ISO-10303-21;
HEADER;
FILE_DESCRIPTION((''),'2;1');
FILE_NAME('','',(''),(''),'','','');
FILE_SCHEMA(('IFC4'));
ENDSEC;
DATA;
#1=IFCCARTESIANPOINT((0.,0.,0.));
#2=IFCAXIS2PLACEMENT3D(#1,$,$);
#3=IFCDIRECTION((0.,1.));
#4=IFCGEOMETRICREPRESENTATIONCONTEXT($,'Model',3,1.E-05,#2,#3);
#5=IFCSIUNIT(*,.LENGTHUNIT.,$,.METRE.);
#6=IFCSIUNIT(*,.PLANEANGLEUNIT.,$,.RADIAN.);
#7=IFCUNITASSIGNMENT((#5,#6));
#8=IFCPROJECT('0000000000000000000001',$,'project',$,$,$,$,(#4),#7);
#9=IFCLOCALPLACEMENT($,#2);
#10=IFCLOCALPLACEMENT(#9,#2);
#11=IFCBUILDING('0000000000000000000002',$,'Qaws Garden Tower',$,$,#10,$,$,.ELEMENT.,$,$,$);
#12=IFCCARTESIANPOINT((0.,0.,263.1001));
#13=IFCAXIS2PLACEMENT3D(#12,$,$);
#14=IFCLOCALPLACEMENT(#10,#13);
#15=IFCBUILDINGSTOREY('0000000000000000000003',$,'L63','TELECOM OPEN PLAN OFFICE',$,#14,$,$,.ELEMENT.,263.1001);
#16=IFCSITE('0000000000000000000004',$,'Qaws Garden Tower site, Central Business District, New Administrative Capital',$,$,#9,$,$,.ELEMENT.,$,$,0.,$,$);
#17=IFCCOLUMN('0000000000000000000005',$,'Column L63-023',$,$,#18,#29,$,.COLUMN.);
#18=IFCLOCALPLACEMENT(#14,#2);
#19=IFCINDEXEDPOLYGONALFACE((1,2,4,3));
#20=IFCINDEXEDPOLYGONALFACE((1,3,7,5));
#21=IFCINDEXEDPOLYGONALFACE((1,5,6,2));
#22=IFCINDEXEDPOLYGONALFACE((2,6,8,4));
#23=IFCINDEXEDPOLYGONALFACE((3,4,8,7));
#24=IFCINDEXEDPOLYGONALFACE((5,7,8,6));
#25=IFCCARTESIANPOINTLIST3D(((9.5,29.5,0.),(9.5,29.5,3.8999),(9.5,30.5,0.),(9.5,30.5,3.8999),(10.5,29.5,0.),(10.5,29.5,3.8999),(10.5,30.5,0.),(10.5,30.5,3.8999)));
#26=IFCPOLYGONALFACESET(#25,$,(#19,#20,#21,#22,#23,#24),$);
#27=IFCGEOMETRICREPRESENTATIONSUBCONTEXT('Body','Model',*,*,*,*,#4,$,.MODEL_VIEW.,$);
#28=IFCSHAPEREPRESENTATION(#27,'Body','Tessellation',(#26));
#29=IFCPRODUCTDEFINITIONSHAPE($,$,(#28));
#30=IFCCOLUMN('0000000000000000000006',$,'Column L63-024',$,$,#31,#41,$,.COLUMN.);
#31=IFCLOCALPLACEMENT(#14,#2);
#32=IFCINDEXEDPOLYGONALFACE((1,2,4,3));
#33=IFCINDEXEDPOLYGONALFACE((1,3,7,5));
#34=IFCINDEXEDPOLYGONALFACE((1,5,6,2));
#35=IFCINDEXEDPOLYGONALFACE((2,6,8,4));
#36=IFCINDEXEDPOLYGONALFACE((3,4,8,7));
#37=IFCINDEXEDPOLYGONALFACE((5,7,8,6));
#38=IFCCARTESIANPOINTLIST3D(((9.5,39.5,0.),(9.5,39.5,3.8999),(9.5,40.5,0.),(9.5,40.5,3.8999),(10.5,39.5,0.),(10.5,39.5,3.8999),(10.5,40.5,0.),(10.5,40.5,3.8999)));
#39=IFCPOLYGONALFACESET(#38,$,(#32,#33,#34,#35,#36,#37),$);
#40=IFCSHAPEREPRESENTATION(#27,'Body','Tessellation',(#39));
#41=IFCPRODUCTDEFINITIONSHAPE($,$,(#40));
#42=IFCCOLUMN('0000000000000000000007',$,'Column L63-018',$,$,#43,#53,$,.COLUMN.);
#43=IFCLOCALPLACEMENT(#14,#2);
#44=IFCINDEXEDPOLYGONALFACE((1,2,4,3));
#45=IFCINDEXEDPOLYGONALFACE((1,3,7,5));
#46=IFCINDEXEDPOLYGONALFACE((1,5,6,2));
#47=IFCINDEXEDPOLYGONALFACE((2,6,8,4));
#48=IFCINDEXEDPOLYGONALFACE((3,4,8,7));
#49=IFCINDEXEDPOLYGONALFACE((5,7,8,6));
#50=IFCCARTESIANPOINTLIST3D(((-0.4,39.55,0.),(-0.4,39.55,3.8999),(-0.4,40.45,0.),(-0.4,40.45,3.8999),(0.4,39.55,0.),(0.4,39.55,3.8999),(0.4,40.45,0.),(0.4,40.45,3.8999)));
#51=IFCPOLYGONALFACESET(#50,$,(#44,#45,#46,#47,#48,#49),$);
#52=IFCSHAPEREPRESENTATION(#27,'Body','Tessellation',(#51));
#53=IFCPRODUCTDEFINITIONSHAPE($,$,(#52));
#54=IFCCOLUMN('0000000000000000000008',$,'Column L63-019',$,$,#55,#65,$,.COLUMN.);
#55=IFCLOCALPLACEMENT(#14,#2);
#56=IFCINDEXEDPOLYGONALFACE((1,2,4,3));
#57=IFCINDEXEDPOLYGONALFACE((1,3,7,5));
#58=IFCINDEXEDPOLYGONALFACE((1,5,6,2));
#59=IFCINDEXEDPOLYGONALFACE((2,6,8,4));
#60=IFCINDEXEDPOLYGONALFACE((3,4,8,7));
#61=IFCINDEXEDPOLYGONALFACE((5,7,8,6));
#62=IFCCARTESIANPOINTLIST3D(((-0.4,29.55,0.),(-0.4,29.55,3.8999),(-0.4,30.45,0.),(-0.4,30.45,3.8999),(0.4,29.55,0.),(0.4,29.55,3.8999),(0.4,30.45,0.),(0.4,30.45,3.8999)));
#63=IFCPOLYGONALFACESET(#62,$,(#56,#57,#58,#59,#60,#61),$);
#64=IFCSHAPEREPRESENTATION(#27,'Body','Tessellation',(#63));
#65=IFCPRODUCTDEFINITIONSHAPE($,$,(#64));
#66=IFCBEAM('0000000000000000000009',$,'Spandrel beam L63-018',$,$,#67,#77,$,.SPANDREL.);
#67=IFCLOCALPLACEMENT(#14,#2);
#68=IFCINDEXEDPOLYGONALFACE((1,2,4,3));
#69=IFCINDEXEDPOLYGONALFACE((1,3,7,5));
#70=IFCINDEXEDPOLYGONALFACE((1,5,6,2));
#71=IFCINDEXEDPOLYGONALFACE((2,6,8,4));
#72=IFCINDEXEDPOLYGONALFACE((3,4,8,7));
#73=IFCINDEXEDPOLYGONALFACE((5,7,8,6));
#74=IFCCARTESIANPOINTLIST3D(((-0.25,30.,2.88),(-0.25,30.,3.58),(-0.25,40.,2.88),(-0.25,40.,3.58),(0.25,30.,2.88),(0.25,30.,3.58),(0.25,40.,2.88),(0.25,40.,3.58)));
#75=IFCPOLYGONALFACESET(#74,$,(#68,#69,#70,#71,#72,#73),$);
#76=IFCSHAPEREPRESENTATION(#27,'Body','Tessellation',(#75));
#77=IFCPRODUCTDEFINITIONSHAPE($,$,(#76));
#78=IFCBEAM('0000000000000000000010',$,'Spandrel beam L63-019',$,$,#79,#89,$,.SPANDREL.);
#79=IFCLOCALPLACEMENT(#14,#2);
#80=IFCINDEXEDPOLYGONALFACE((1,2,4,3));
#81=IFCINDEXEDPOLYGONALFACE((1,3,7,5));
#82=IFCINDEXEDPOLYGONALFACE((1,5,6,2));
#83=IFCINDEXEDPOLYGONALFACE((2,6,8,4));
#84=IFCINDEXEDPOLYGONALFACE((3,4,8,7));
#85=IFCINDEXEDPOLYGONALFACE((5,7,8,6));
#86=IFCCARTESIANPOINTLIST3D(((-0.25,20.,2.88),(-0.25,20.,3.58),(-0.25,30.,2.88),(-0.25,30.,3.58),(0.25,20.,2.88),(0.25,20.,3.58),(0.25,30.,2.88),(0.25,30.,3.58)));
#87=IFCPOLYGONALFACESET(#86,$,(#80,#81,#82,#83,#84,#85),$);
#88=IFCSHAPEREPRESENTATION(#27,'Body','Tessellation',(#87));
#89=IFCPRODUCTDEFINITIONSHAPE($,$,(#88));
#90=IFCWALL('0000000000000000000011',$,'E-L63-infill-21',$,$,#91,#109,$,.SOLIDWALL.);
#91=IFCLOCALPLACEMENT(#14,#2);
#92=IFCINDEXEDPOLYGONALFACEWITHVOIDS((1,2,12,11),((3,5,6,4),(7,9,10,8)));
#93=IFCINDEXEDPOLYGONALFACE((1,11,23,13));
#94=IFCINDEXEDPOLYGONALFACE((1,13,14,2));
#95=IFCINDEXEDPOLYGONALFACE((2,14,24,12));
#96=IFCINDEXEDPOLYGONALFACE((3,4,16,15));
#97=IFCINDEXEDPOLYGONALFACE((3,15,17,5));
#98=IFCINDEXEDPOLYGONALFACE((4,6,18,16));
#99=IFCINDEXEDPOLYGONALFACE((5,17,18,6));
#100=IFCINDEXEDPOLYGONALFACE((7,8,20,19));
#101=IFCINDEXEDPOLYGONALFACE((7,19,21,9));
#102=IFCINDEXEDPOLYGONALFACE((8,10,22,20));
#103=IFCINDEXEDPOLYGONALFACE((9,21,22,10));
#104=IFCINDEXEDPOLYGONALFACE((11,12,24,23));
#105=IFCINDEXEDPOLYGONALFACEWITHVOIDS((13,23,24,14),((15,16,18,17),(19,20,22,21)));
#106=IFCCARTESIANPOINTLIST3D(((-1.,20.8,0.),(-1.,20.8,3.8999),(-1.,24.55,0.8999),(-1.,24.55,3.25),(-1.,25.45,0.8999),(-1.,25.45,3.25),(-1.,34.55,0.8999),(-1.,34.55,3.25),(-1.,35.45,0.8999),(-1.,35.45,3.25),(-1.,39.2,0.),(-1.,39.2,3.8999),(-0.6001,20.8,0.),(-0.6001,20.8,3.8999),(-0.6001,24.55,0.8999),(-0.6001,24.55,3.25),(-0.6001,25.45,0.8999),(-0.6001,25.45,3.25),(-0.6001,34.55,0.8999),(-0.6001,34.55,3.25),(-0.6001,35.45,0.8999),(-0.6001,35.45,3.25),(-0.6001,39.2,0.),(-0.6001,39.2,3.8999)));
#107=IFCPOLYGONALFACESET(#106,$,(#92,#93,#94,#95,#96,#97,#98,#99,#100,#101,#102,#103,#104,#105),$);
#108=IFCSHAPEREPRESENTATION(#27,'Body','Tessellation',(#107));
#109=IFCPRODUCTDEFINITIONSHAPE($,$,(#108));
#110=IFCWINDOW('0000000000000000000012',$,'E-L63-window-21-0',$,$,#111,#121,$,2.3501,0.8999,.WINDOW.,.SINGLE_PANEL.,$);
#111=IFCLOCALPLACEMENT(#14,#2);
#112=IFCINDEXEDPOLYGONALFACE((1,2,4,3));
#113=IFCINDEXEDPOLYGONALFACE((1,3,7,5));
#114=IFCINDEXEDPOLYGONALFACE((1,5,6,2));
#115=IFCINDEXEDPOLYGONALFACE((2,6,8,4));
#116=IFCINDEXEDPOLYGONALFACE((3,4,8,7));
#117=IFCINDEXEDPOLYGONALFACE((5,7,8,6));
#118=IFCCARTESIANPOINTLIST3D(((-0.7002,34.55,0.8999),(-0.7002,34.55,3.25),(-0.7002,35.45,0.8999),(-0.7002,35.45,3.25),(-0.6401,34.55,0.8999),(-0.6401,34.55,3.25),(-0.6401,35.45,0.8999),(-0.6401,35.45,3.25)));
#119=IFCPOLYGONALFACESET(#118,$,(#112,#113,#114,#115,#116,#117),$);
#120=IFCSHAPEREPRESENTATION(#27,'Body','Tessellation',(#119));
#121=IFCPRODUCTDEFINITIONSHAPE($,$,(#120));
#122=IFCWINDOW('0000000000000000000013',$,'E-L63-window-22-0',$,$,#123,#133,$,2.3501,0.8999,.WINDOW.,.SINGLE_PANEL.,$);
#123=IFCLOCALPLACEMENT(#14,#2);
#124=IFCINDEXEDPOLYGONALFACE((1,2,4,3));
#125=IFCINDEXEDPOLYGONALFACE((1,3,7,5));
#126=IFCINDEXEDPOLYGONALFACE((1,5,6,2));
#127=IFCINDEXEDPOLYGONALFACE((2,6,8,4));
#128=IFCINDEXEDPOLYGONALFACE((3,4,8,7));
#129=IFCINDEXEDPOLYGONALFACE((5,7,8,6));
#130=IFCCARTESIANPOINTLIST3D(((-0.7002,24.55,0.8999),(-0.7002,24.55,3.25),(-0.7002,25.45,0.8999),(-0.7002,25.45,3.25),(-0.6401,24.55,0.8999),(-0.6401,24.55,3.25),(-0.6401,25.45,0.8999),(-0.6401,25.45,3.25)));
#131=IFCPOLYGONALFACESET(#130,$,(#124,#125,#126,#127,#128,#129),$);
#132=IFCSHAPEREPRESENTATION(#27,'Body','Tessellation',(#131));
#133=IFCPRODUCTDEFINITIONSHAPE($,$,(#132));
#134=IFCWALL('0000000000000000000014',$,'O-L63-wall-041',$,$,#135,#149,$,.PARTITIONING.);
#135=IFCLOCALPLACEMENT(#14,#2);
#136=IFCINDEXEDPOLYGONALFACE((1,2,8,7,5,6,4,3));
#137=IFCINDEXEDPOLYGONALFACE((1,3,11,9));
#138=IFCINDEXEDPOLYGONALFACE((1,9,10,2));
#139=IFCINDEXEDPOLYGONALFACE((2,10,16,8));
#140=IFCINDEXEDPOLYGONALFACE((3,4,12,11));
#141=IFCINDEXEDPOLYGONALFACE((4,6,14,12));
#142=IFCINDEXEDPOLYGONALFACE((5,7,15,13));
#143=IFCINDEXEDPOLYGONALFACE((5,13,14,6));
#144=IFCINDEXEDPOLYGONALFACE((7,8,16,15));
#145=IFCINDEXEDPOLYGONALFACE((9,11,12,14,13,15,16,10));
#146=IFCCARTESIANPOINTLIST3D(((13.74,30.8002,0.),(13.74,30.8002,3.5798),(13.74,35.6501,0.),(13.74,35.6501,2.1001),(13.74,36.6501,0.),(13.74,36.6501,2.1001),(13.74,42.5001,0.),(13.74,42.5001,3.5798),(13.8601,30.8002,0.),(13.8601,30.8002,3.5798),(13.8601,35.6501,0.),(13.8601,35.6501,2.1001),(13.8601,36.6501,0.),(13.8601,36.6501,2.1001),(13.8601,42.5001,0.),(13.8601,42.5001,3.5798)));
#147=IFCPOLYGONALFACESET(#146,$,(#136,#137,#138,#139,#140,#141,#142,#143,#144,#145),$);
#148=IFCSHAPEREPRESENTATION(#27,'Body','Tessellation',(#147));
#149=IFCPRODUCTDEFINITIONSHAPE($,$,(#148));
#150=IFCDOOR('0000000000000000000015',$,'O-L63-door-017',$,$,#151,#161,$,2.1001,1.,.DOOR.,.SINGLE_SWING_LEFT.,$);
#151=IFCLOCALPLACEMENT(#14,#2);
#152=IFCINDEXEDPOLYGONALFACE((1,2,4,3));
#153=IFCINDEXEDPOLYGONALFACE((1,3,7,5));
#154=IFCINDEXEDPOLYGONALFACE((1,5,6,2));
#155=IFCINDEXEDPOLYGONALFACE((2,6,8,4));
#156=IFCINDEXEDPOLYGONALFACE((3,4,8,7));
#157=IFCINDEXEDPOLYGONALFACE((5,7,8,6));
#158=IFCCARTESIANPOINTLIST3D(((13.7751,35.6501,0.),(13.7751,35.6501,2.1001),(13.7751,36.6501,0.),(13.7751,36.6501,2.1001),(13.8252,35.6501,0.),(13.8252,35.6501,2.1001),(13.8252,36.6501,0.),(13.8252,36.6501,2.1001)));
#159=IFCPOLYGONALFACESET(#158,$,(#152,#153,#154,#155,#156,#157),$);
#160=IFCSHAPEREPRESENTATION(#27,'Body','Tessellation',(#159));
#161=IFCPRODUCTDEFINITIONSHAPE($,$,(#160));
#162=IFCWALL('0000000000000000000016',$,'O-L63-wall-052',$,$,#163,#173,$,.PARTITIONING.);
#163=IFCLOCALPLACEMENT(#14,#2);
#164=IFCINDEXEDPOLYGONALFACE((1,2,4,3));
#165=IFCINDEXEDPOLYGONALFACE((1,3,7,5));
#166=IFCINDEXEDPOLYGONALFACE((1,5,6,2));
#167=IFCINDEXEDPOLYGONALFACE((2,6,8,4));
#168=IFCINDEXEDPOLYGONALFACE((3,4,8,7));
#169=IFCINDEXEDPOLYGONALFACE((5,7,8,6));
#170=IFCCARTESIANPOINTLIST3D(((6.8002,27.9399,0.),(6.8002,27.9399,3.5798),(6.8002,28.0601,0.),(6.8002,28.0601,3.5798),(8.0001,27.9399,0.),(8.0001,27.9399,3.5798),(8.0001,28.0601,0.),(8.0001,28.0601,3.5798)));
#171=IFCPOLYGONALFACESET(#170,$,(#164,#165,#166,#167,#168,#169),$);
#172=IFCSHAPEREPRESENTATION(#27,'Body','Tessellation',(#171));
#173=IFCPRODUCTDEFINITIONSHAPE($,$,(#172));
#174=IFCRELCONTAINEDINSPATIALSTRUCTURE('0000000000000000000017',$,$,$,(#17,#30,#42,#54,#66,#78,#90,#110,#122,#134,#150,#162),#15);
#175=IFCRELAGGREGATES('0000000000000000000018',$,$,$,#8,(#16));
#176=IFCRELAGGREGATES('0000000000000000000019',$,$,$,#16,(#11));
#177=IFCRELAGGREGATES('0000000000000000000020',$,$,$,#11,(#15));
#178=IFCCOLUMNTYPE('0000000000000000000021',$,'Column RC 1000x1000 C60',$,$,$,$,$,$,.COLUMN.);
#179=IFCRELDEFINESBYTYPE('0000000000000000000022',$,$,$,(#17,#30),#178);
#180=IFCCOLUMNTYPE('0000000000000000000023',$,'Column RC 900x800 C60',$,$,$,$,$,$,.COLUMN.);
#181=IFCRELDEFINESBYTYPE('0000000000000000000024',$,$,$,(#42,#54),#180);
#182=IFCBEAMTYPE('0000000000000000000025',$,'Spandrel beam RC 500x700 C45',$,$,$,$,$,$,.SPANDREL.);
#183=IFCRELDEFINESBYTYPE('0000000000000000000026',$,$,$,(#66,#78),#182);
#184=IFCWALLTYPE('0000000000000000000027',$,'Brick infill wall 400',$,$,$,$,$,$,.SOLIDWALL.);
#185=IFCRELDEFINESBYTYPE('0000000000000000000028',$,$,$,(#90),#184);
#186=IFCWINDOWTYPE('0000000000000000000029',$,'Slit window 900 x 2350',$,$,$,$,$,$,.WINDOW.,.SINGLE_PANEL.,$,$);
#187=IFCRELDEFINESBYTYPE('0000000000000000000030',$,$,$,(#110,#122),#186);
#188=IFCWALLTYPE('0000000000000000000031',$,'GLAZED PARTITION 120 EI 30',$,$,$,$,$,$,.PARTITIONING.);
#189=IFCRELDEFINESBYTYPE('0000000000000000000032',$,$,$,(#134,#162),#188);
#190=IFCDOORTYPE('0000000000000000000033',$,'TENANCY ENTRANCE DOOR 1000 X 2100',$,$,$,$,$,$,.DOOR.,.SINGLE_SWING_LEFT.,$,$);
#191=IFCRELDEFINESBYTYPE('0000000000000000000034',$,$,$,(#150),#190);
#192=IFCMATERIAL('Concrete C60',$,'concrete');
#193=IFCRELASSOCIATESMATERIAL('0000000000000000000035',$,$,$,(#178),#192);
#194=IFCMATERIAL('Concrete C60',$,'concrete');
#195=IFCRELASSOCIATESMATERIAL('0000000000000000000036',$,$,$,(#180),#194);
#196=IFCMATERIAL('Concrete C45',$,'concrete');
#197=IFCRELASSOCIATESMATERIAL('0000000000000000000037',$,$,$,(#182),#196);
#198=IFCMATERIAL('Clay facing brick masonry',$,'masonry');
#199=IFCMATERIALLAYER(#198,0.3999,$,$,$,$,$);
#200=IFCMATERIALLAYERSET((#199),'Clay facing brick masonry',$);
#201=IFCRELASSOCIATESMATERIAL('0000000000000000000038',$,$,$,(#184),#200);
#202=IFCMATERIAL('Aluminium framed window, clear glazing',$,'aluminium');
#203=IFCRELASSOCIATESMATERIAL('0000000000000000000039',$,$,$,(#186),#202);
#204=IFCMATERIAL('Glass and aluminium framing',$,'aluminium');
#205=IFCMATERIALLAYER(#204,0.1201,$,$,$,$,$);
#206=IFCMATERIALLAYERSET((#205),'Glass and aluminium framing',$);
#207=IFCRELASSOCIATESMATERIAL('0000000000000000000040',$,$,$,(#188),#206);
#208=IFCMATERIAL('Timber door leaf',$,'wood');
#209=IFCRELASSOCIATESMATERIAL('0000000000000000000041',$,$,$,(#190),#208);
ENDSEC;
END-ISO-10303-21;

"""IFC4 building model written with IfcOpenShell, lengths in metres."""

from ifc_helpers import new_model, si_unit, direction, frame, frame_2d, origin, origin_2d, place, context, subcontext, project, spatial, rectangle, extrude, material, layer, layer_set, material_profile, profile_set, type_object, element, fill, save


model = new_model("IFC4")

# Units and contexts
model_context = context("Model", 3, precision=1e-05, world=origin(), true_north=direction((0.0, 1.0)))
body_context = subcontext(model_context, "Body", "Model", "MODEL_VIEW")
ifc_project = project(units=[si_unit("LENGTHUNIT", "METRE"), si_unit("PLANEANGLEUNIT", "RADIAN")], contexts=[model_context])

# Site, building, storey
site_placement = place(None, origin())
site = spatial("IfcSite", under=ifc_project, at=site_placement, Name="Qaws Garden Tower site, Central Business District, New Administrative Capital", CompositionType="ELEMENT", RefElevation=0.0)
building_placement = place(site_placement, origin())
building = spatial("IfcBuilding", under=site, at=building_placement, Name="Qaws Garden Tower", CompositionType="ELEMENT")
storey_placement = place(building_placement, frame((0.0, 0.0, 263.1001)))
storey = spatial("IfcBuildingStorey", under=building, at=storey_placement, Name="L63", Description="TELECOM OPEN PLAN OFFICE", CompositionType="ELEMENT", Elevation=263.1001)

# Columns
ifc_material_1 = material(Name="Concrete C60", Category="concrete")
ifc_material_profile_1 = material_profile(ifc_material_1, rectangle(XDim=1.0, YDim=1.0, at=origin_2d()), Name="RC 1000x1000")
ifc_profile_set_1 = profile_set([ifc_material_profile_1], Name="Concrete C60")
column_type_1 = type_object("IfcColumnType", Name="Column RC 1000x1000 C60", PredefinedType="COLUMN", material=ifc_profile_set_1)
for number, where, z_axis, x_axis, name in (
    (1, (10.0, 30.0, 0.0), (0.0, 0.0, 1.0), (1.0, 0.0, 0.0), "Column L63-023"),
    (2, (10.0, 40.0, 0.0), (0.0, 0.0, 1.0), (1.0, 0.0, 0.0), "Column L63-024"),
):
    element("IfcColumn", number, at=place(storey_placement, frame(where, z_axis=z_axis, x_axis=x_axis)), inside=storey, type_object=column_type_1, Name=name, PredefinedType="COLUMN", context=body_context, shape_type="SweptSolid", body=[
        extrude(rectangle(XDim=1.0, YDim=1.0, at=origin_2d()), origin(), (0.0, 0.0, 1.0), 3.8999),
    ])
ifc_material_2 = material(Name="Concrete C60", Category="concrete")
ifc_material_profile_2 = material_profile(ifc_material_2, rectangle(XDim=0.8999, YDim=0.8, at=origin_2d()), Name="RC 900x800")
ifc_profile_set_2 = profile_set([ifc_material_profile_2], Name="Concrete C60")
column_type_2 = type_object("IfcColumnType", Name="Column RC 900x800 C60", PredefinedType="COLUMN", material=ifc_profile_set_2)
for number, where, z_axis, x_axis, name in (
    (3, (0.0, 40.0, 0.0), (0.0, 0.0, 1.0), (0.0, 1.0, 0.0), "Column L63-018"),
    (4, (0.0, 30.0, 0.0), (0.0, 0.0, 1.0), (0.0, 1.0, 0.0), "Column L63-019"),
):
    element("IfcColumn", number, at=place(storey_placement, frame(where, z_axis=z_axis, x_axis=x_axis)), inside=storey, type_object=column_type_2, Name=name, PredefinedType="COLUMN", context=body_context, shape_type="SweptSolid", body=[
        extrude(rectangle(XDim=0.8999, YDim=0.8, at=origin_2d()), origin(), (0.0, 0.0, 1.0), 3.8999),
    ])

# Beams
ifc_material_3 = material(Name="Concrete C45", Category="concrete")
ifc_material_profile_3 = material_profile(ifc_material_3, rectangle(XDim=0.5, YDim=0.7, at=origin_2d()), Name="RC 500x700")
ifc_profile_set_3 = profile_set([ifc_material_profile_3], Name="Concrete C45")
beam_type = type_object("IfcBeamType", Name="Spandrel beam RC 500x700 C45", PredefinedType="SPANDREL", material=ifc_profile_set_3)
for number, where, z_axis, x_axis, name in (
    (5, (0.0, 40.0, 3.23), (0.0, -1.0, 0.0), (1.0, 0.0, 0.0), "Spandrel beam L63-018"),
    (6, (0.0, 30.0, 3.23), (0.0, -1.0, 0.0), (1.0, 0.0, 0.0), "Spandrel beam L63-019"),
):
    element("IfcBeam", number, at=place(storey_placement, frame(where, z_axis=z_axis, x_axis=x_axis)), inside=storey, type_object=beam_type, Name=name, PredefinedType="SPANDREL", context=body_context, shape_type="SweptSolid", body=[
        extrude(rectangle(XDim=0.5, YDim=0.7, at=origin_2d()), origin(), (0.0, 0.0, 1.0), 10.0),
    ])

# Wall, openings, windows
ifc_material_4 = material(Name="Clay facing brick masonry", Category="masonry")
ifc_layer_1 = layer(ifc_material_4, 0.3999)
ifc_layer_set_1 = layer_set([ifc_layer_1], Name="Clay facing brick masonry")
wall_type_1 = type_object("IfcWallType", Name="Brick infill wall 400", PredefinedType="SOLIDWALL", material=ifc_layer_set_1)
wall_1_placement = place(storey_placement, frame((-0.8, 39.2, 0.0), z_axis=(0.0, 0.0, 1.0), x_axis=(0.0, -1.0, 0.0)))
wall_1 = element("IfcWall", 7, at=wall_1_placement, inside=storey, type_object=wall_type_1, Name="E-L63-infill-21", PredefinedType="SOLIDWALL", context=body_context, shape_type="SweptSolid", body=[
    extrude(rectangle(XDim=18.3999, YDim=0.3999, at=frame_2d((9.2, 0.0))), origin(), (0.0, 0.0, 1.0), 3.8999),
])
opening_1_placement = place(wall_1_placement, frame((3.75, 0.0, 0.8999)))
opening_1 = element("IfcOpeningElement", 8, at=opening_1_placement, cuts=wall_1, PredefinedType="OPENING", context=body_context, shape_type="SweptSolid", body=[
    extrude(rectangle(XDim=0.8999, YDim=2.3501, at=frame_2d((0.45, 1.175))), frame((0.0, 0.21, 0.0), z_axis=(0.0, -1.0, 0.0), x_axis=(1.0, 0.0, 0.0)), (0.0, 0.0, 1.0), 0.4199),
])
opening_2_placement = place(wall_1_placement, frame((13.75, 0.0, 0.8999)))
opening_2 = element("IfcOpeningElement", 9, at=opening_2_placement, cuts=wall_1, PredefinedType="OPENING", context=body_context, shape_type="SweptSolid", body=[
    extrude(rectangle(XDim=0.8999, YDim=2.3501, at=frame_2d((0.45, 1.175))), frame((0.0, 0.21, 0.0), z_axis=(0.0, -1.0, 0.0), x_axis=(1.0, 0.0, 0.0)), (0.0, 0.0, 1.0), 0.4199),
])
ifc_material_5 = material(Name="Aluminium framed window, clear glazing", Category="aluminium")
window_type = type_object("IfcWindowType", Name="Slit window 900 x 2350", PartitioningType="SINGLE_PANEL", PredefinedType="WINDOW", material=ifc_material_5)
window_1_placement = place(opening_1_placement, origin())
window_1 = element("IfcWindow", 10, at=window_1_placement, inside=storey, type_object=window_type, Name="E-L63-window-21-0", OverallHeight=2.3501, OverallWidth=0.8999, PartitioningType="SINGLE_PANEL", PredefinedType="WINDOW", context=body_context, shape_type="SweptSolid", body=[
    extrude(rectangle(XDim=0.8999, YDim=2.3501, at=frame_2d((0.45, 1.175))), frame((0.0, 0.1599, 0.0), z_axis=(0.0, -1.0, 0.0), x_axis=(1.0, 0.0, 0.0)), (0.0, 0.0, 1.0), 0.0601),
])
fill(opening_1, window_1)
window_2_placement = place(opening_2_placement, origin())
window_2 = element("IfcWindow", 11, at=window_2_placement, inside=storey, type_object=window_type, Name="E-L63-window-22-0", OverallHeight=2.3501, OverallWidth=0.8999, PartitioningType="SINGLE_PANEL", PredefinedType="WINDOW", context=body_context, shape_type="SweptSolid", body=[
    extrude(rectangle(XDim=0.8999, YDim=2.3501, at=frame_2d((0.45, 1.175))), frame((0.0, 0.1599, 0.0), z_axis=(0.0, -1.0, 0.0), x_axis=(1.0, 0.0, 0.0)), (0.0, 0.0, 1.0), 0.0601),
])
fill(opening_2, window_2)

# Wall, opening, door
ifc_material_6 = material(Name="Glass and aluminium framing", Category="aluminium")
ifc_layer_2 = layer(ifc_material_6, 0.1201)
ifc_layer_set_2 = layer_set([ifc_layer_2], Name="Glass and aluminium framing")
wall_type_2 = type_object("IfcWallType", Name="GLAZED PARTITION 120 EI 30", PredefinedType="PARTITIONING", material=ifc_layer_set_2)
wall_2_placement = place(storey_placement, frame((13.8, 30.8, 0.0), z_axis=(0.0, 0.0, 1.0), x_axis=(0.0, 1.0, 0.0)))
wall_2 = element("IfcWall", 12, at=wall_2_placement, inside=storey, type_object=wall_type_2, Name="O-L63-wall-041", PredefinedType="PARTITIONING", context=body_context, shape_type="SweptSolid", body=[
    extrude(rectangle(XDim=11.7, YDim=0.1201, at=frame_2d((5.8501, 0.0))), origin(), (0.0, 0.0, 1.0), 3.5798),
])
opening_3_placement = place(wall_2_placement, frame((4.8501, 0.0, 0.0)))
opening_3 = element("IfcOpeningElement", 13, at=opening_3_placement, cuts=wall_2, PredefinedType="OPENING", context=body_context, shape_type="SweptSolid", body=[
    extrude(rectangle(XDim=1.0, YDim=2.1001, at=frame_2d((0.5, 1.05))), frame((0.0, 0.0701, 0.0), z_axis=(0.0, -1.0, 0.0), x_axis=(1.0, 0.0, 0.0)), (0.0, 0.0, 1.0), 0.1401),
])
ifc_material_7 = material(Name="Timber door leaf", Category="wood")
door_type = type_object("IfcDoorType", Name="TENANCY ENTRANCE DOOR 1000 X 2100", OperationType="SINGLE_SWING_LEFT", PredefinedType="DOOR", material=ifc_material_7)
door_1_placement = place(opening_3_placement, origin())
door_1 = element("IfcDoor", 14, at=door_1_placement, inside=storey, type_object=door_type, Name="O-L63-door-017", OperationType="SINGLE_SWING_LEFT", OverallHeight=2.1001, OverallWidth=1.0, PredefinedType="DOOR", context=body_context, shape_type="SweptSolid", body=[
    extrude(rectangle(XDim=1.0, YDim=2.1001, at=frame_2d((0.5, 1.05))), frame((0.0, 0.0249, 0.0), z_axis=(0.0, -1.0, 0.0), x_axis=(1.0, 0.0, 0.0)), (0.0, 0.0, 1.0), 0.05),
])
fill(opening_3, door_1)

# Wall
wall_3_placement = place(storey_placement, frame((6.8, 28.0, 0.0), z_axis=(0.0, 0.0, 1.0), x_axis=(1.0, 0.0, 0.0)))
element("IfcWall", 15, at=wall_3_placement, inside=storey, type_object=wall_type_2, Name="O-L63-wall-052", PredefinedType="PARTITIONING", context=body_context, shape_type="SweptSolid", body=[
    extrude(rectangle(XDim=1.2, YDim=0.1201, at=frame_2d((0.6001, 0.0))), origin(), (0.0, 0.0, 1.0), 3.5798),
])

save(model, "model.ifc")
